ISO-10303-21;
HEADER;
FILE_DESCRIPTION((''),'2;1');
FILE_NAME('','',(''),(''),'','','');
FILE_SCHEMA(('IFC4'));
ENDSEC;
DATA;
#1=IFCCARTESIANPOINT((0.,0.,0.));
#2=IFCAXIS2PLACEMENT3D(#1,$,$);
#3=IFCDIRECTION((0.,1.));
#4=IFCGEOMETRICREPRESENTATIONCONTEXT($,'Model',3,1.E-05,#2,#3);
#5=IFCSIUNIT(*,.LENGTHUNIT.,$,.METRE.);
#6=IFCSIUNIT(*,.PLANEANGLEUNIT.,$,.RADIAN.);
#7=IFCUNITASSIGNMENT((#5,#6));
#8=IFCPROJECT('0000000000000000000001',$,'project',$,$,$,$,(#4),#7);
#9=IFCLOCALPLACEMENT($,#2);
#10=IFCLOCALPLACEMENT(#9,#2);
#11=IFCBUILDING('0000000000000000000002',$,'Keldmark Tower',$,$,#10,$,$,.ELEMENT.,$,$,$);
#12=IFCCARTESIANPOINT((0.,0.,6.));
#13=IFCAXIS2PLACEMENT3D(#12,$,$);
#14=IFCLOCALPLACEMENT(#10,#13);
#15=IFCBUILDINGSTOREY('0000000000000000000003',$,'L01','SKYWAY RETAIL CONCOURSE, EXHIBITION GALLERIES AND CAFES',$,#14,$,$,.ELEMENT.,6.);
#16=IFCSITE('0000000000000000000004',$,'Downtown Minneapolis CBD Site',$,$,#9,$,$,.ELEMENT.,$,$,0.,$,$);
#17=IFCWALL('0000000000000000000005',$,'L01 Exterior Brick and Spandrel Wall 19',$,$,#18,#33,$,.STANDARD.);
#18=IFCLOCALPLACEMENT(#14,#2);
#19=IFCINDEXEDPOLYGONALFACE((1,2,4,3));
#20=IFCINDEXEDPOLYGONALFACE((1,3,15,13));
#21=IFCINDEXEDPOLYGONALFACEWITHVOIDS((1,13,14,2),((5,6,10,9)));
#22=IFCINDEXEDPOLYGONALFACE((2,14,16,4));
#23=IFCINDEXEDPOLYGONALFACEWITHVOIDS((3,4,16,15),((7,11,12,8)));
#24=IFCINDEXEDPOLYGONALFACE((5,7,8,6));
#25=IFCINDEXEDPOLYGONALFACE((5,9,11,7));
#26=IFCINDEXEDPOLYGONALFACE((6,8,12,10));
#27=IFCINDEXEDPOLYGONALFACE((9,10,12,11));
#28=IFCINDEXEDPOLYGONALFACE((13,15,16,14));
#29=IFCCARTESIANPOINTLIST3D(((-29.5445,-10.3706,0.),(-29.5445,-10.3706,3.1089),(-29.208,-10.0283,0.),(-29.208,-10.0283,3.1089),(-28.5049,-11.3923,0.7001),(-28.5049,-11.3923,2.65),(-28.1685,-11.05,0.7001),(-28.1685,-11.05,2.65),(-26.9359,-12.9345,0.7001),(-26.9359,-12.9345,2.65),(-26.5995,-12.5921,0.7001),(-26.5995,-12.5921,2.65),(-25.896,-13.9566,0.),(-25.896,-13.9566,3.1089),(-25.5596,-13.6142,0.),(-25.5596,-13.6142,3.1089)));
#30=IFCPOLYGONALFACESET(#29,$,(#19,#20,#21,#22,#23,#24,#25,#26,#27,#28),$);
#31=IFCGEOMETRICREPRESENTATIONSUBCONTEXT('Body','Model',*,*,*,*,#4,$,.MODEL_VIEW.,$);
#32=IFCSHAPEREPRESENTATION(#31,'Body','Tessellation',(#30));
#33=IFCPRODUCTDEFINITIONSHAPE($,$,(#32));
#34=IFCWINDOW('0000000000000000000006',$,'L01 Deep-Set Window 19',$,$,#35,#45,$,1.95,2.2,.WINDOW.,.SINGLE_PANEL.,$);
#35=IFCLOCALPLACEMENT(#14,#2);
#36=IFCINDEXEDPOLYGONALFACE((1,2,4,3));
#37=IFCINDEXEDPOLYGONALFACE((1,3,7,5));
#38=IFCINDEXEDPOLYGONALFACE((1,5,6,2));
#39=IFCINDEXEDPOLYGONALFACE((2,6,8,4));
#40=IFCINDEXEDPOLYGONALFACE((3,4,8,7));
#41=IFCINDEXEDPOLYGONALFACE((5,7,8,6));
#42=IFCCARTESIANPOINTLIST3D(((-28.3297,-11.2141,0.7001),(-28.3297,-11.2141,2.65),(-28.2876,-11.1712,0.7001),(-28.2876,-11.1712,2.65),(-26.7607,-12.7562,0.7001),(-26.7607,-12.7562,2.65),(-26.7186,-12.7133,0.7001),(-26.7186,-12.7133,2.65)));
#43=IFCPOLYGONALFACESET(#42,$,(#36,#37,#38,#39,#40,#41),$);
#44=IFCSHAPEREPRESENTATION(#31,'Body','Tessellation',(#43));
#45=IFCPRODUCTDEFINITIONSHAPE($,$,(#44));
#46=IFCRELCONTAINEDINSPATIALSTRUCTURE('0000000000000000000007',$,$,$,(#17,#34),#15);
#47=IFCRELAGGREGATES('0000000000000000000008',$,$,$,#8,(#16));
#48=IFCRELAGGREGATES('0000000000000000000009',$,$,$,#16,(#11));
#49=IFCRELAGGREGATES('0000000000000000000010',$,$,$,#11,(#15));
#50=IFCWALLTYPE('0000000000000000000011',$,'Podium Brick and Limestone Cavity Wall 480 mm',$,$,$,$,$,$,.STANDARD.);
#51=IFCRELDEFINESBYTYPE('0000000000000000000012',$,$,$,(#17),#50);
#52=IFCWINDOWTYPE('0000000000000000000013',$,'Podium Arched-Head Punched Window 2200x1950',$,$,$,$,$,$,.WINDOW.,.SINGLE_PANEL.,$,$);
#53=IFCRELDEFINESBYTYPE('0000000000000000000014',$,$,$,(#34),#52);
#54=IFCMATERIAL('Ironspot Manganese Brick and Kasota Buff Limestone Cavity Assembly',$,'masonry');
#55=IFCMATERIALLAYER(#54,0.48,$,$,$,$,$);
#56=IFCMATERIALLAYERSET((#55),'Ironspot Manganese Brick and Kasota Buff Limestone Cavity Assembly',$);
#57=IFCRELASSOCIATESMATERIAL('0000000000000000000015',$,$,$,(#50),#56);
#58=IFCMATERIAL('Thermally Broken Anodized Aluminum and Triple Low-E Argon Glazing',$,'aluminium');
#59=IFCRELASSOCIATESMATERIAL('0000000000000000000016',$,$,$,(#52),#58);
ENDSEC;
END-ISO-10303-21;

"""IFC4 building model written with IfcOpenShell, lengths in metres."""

from ifc_helpers import new_model, si_unit, direction, frame, frame_2d, origin, place, context, subcontext, project, spatial, rectangle, extrude, material, layer, layer_set, type_object, element, fill, save


model = new_model("IFC4")

# Units and contexts
model_context = context("Model", 3, precision=1e-05, world=origin(), true_north=direction((0.0, 1.0)))
body_context = subcontext(model_context, "Body", "Model", "MODEL_VIEW")
ifc_project = project(units=[si_unit("LENGTHUNIT", "METRE"), si_unit("PLANEANGLEUNIT", "RADIAN")], contexts=[model_context])

# Site, building, storey
site_placement = place(None, origin())
site = spatial("IfcSite", under=ifc_project, at=site_placement, Name="Downtown Minneapolis CBD Site", CompositionType="ELEMENT", RefElevation=0.0)
building_placement = place(site_placement, origin())
building = spatial("IfcBuilding", under=site, at=building_placement, Name="Keldmark Tower", CompositionType="ELEMENT")
storey_placement = place(building_placement, frame((0.0, 0.0, 6.0)))
storey = spatial("IfcBuildingStorey", under=building, at=storey_placement, Name="L01", Description="SKYWAY RETAIL CONCOURSE, EXHIBITION GALLERIES AND CAFES", CompositionType="ELEMENT", Elevation=6.0)

# Wall, opening, window
ifc_material_1 = material(Name="Ironspot Manganese Brick and Kasota Buff Limestone Cavity Assembly", Category="masonry")
ifc_layer_1 = layer(ifc_material_1, 0.48)
ifc_layer_set_1 = layer_set([ifc_layer_1], Name="Ironspot Manganese Brick and Kasota Buff Limestone Cavity Assembly")
wall_type_1 = type_object("IfcWallType", Name="Podium Brick and Limestone Cavity Wall 480 mm", PredefinedType="STANDARD", material=ifc_layer_set_1)
ifc_material_2 = material(Name="Thermally Broken Anodized Aluminum and Triple Low-E Argon Glazing", Category="aluminium")
window_type = type_object("IfcWindowType", Name="Podium Arched-Head Punched Window 2200x1950", PartitioningType="SINGLE_PANEL", PredefinedType="WINDOW", material=ifc_material_2)
wall_1_placement = place(storey_placement, frame((-25.7278, -13.7854, 0.0), z_axis=(0.0, 0.0, 1.0), x_axis=(-0.713189, 0.700972, 0.0)))
wall_1 = element("IfcWall", 1, at=wall_1_placement, inside=storey, type_object=wall_type_1, Name="L01 Exterior Brick and Spandrel Wall 19", PredefinedType="STANDARD", context=body_context, shape_type="SweptSolid", body=[
    extrude(rectangle(XDim=5.1157, YDim=0.48, at=frame_2d((2.5579, 0.0))), origin(), (0.0, 0.0, 1.0), 3.1089),
])
opening_1_placement = place(wall_1_placement, frame((1.458, 0.0, 0.7)))
opening_1 = element("IfcOpeningElement", 2, at=opening_1_placement, cuts=wall_1, PredefinedType="OPENING", context=body_context, shape_type="SweptSolid", body=[
    extrude(rectangle(XDim=2.2, YDim=1.95, at=frame_2d((1.1001, 0.9751))), frame((0.0, 0.25, 0.0), z_axis=(0.0, -1.0, 0.0), x_axis=(1.0, 0.0, 0.0)), (0.0, 0.0, 1.0), 0.5),
])
window_1_placement = place(opening_1_placement, origin())
window_1 = element("IfcWindow", 3, at=window_1_placement, inside=storey, type_object=window_type, Name="L01 Deep-Set Window 19", OverallHeight=1.95, OverallWidth=2.2, PartitioningType="SINGLE_PANEL", PredefinedType="WINDOW", context=body_context, shape_type="SweptSolid", body=[
    extrude(rectangle(XDim=2.2, YDim=1.95, at=frame_2d((1.1001, 0.9751))), frame((0.0, -0.01, 0.0), z_axis=(0.0, -1.0, 0.0), x_axis=(1.0, 0.0, 0.0)), (0.0, 0.0, 1.0), 0.0601),
])
fill(opening_1, window_1)

save(model, "model.ifc")
